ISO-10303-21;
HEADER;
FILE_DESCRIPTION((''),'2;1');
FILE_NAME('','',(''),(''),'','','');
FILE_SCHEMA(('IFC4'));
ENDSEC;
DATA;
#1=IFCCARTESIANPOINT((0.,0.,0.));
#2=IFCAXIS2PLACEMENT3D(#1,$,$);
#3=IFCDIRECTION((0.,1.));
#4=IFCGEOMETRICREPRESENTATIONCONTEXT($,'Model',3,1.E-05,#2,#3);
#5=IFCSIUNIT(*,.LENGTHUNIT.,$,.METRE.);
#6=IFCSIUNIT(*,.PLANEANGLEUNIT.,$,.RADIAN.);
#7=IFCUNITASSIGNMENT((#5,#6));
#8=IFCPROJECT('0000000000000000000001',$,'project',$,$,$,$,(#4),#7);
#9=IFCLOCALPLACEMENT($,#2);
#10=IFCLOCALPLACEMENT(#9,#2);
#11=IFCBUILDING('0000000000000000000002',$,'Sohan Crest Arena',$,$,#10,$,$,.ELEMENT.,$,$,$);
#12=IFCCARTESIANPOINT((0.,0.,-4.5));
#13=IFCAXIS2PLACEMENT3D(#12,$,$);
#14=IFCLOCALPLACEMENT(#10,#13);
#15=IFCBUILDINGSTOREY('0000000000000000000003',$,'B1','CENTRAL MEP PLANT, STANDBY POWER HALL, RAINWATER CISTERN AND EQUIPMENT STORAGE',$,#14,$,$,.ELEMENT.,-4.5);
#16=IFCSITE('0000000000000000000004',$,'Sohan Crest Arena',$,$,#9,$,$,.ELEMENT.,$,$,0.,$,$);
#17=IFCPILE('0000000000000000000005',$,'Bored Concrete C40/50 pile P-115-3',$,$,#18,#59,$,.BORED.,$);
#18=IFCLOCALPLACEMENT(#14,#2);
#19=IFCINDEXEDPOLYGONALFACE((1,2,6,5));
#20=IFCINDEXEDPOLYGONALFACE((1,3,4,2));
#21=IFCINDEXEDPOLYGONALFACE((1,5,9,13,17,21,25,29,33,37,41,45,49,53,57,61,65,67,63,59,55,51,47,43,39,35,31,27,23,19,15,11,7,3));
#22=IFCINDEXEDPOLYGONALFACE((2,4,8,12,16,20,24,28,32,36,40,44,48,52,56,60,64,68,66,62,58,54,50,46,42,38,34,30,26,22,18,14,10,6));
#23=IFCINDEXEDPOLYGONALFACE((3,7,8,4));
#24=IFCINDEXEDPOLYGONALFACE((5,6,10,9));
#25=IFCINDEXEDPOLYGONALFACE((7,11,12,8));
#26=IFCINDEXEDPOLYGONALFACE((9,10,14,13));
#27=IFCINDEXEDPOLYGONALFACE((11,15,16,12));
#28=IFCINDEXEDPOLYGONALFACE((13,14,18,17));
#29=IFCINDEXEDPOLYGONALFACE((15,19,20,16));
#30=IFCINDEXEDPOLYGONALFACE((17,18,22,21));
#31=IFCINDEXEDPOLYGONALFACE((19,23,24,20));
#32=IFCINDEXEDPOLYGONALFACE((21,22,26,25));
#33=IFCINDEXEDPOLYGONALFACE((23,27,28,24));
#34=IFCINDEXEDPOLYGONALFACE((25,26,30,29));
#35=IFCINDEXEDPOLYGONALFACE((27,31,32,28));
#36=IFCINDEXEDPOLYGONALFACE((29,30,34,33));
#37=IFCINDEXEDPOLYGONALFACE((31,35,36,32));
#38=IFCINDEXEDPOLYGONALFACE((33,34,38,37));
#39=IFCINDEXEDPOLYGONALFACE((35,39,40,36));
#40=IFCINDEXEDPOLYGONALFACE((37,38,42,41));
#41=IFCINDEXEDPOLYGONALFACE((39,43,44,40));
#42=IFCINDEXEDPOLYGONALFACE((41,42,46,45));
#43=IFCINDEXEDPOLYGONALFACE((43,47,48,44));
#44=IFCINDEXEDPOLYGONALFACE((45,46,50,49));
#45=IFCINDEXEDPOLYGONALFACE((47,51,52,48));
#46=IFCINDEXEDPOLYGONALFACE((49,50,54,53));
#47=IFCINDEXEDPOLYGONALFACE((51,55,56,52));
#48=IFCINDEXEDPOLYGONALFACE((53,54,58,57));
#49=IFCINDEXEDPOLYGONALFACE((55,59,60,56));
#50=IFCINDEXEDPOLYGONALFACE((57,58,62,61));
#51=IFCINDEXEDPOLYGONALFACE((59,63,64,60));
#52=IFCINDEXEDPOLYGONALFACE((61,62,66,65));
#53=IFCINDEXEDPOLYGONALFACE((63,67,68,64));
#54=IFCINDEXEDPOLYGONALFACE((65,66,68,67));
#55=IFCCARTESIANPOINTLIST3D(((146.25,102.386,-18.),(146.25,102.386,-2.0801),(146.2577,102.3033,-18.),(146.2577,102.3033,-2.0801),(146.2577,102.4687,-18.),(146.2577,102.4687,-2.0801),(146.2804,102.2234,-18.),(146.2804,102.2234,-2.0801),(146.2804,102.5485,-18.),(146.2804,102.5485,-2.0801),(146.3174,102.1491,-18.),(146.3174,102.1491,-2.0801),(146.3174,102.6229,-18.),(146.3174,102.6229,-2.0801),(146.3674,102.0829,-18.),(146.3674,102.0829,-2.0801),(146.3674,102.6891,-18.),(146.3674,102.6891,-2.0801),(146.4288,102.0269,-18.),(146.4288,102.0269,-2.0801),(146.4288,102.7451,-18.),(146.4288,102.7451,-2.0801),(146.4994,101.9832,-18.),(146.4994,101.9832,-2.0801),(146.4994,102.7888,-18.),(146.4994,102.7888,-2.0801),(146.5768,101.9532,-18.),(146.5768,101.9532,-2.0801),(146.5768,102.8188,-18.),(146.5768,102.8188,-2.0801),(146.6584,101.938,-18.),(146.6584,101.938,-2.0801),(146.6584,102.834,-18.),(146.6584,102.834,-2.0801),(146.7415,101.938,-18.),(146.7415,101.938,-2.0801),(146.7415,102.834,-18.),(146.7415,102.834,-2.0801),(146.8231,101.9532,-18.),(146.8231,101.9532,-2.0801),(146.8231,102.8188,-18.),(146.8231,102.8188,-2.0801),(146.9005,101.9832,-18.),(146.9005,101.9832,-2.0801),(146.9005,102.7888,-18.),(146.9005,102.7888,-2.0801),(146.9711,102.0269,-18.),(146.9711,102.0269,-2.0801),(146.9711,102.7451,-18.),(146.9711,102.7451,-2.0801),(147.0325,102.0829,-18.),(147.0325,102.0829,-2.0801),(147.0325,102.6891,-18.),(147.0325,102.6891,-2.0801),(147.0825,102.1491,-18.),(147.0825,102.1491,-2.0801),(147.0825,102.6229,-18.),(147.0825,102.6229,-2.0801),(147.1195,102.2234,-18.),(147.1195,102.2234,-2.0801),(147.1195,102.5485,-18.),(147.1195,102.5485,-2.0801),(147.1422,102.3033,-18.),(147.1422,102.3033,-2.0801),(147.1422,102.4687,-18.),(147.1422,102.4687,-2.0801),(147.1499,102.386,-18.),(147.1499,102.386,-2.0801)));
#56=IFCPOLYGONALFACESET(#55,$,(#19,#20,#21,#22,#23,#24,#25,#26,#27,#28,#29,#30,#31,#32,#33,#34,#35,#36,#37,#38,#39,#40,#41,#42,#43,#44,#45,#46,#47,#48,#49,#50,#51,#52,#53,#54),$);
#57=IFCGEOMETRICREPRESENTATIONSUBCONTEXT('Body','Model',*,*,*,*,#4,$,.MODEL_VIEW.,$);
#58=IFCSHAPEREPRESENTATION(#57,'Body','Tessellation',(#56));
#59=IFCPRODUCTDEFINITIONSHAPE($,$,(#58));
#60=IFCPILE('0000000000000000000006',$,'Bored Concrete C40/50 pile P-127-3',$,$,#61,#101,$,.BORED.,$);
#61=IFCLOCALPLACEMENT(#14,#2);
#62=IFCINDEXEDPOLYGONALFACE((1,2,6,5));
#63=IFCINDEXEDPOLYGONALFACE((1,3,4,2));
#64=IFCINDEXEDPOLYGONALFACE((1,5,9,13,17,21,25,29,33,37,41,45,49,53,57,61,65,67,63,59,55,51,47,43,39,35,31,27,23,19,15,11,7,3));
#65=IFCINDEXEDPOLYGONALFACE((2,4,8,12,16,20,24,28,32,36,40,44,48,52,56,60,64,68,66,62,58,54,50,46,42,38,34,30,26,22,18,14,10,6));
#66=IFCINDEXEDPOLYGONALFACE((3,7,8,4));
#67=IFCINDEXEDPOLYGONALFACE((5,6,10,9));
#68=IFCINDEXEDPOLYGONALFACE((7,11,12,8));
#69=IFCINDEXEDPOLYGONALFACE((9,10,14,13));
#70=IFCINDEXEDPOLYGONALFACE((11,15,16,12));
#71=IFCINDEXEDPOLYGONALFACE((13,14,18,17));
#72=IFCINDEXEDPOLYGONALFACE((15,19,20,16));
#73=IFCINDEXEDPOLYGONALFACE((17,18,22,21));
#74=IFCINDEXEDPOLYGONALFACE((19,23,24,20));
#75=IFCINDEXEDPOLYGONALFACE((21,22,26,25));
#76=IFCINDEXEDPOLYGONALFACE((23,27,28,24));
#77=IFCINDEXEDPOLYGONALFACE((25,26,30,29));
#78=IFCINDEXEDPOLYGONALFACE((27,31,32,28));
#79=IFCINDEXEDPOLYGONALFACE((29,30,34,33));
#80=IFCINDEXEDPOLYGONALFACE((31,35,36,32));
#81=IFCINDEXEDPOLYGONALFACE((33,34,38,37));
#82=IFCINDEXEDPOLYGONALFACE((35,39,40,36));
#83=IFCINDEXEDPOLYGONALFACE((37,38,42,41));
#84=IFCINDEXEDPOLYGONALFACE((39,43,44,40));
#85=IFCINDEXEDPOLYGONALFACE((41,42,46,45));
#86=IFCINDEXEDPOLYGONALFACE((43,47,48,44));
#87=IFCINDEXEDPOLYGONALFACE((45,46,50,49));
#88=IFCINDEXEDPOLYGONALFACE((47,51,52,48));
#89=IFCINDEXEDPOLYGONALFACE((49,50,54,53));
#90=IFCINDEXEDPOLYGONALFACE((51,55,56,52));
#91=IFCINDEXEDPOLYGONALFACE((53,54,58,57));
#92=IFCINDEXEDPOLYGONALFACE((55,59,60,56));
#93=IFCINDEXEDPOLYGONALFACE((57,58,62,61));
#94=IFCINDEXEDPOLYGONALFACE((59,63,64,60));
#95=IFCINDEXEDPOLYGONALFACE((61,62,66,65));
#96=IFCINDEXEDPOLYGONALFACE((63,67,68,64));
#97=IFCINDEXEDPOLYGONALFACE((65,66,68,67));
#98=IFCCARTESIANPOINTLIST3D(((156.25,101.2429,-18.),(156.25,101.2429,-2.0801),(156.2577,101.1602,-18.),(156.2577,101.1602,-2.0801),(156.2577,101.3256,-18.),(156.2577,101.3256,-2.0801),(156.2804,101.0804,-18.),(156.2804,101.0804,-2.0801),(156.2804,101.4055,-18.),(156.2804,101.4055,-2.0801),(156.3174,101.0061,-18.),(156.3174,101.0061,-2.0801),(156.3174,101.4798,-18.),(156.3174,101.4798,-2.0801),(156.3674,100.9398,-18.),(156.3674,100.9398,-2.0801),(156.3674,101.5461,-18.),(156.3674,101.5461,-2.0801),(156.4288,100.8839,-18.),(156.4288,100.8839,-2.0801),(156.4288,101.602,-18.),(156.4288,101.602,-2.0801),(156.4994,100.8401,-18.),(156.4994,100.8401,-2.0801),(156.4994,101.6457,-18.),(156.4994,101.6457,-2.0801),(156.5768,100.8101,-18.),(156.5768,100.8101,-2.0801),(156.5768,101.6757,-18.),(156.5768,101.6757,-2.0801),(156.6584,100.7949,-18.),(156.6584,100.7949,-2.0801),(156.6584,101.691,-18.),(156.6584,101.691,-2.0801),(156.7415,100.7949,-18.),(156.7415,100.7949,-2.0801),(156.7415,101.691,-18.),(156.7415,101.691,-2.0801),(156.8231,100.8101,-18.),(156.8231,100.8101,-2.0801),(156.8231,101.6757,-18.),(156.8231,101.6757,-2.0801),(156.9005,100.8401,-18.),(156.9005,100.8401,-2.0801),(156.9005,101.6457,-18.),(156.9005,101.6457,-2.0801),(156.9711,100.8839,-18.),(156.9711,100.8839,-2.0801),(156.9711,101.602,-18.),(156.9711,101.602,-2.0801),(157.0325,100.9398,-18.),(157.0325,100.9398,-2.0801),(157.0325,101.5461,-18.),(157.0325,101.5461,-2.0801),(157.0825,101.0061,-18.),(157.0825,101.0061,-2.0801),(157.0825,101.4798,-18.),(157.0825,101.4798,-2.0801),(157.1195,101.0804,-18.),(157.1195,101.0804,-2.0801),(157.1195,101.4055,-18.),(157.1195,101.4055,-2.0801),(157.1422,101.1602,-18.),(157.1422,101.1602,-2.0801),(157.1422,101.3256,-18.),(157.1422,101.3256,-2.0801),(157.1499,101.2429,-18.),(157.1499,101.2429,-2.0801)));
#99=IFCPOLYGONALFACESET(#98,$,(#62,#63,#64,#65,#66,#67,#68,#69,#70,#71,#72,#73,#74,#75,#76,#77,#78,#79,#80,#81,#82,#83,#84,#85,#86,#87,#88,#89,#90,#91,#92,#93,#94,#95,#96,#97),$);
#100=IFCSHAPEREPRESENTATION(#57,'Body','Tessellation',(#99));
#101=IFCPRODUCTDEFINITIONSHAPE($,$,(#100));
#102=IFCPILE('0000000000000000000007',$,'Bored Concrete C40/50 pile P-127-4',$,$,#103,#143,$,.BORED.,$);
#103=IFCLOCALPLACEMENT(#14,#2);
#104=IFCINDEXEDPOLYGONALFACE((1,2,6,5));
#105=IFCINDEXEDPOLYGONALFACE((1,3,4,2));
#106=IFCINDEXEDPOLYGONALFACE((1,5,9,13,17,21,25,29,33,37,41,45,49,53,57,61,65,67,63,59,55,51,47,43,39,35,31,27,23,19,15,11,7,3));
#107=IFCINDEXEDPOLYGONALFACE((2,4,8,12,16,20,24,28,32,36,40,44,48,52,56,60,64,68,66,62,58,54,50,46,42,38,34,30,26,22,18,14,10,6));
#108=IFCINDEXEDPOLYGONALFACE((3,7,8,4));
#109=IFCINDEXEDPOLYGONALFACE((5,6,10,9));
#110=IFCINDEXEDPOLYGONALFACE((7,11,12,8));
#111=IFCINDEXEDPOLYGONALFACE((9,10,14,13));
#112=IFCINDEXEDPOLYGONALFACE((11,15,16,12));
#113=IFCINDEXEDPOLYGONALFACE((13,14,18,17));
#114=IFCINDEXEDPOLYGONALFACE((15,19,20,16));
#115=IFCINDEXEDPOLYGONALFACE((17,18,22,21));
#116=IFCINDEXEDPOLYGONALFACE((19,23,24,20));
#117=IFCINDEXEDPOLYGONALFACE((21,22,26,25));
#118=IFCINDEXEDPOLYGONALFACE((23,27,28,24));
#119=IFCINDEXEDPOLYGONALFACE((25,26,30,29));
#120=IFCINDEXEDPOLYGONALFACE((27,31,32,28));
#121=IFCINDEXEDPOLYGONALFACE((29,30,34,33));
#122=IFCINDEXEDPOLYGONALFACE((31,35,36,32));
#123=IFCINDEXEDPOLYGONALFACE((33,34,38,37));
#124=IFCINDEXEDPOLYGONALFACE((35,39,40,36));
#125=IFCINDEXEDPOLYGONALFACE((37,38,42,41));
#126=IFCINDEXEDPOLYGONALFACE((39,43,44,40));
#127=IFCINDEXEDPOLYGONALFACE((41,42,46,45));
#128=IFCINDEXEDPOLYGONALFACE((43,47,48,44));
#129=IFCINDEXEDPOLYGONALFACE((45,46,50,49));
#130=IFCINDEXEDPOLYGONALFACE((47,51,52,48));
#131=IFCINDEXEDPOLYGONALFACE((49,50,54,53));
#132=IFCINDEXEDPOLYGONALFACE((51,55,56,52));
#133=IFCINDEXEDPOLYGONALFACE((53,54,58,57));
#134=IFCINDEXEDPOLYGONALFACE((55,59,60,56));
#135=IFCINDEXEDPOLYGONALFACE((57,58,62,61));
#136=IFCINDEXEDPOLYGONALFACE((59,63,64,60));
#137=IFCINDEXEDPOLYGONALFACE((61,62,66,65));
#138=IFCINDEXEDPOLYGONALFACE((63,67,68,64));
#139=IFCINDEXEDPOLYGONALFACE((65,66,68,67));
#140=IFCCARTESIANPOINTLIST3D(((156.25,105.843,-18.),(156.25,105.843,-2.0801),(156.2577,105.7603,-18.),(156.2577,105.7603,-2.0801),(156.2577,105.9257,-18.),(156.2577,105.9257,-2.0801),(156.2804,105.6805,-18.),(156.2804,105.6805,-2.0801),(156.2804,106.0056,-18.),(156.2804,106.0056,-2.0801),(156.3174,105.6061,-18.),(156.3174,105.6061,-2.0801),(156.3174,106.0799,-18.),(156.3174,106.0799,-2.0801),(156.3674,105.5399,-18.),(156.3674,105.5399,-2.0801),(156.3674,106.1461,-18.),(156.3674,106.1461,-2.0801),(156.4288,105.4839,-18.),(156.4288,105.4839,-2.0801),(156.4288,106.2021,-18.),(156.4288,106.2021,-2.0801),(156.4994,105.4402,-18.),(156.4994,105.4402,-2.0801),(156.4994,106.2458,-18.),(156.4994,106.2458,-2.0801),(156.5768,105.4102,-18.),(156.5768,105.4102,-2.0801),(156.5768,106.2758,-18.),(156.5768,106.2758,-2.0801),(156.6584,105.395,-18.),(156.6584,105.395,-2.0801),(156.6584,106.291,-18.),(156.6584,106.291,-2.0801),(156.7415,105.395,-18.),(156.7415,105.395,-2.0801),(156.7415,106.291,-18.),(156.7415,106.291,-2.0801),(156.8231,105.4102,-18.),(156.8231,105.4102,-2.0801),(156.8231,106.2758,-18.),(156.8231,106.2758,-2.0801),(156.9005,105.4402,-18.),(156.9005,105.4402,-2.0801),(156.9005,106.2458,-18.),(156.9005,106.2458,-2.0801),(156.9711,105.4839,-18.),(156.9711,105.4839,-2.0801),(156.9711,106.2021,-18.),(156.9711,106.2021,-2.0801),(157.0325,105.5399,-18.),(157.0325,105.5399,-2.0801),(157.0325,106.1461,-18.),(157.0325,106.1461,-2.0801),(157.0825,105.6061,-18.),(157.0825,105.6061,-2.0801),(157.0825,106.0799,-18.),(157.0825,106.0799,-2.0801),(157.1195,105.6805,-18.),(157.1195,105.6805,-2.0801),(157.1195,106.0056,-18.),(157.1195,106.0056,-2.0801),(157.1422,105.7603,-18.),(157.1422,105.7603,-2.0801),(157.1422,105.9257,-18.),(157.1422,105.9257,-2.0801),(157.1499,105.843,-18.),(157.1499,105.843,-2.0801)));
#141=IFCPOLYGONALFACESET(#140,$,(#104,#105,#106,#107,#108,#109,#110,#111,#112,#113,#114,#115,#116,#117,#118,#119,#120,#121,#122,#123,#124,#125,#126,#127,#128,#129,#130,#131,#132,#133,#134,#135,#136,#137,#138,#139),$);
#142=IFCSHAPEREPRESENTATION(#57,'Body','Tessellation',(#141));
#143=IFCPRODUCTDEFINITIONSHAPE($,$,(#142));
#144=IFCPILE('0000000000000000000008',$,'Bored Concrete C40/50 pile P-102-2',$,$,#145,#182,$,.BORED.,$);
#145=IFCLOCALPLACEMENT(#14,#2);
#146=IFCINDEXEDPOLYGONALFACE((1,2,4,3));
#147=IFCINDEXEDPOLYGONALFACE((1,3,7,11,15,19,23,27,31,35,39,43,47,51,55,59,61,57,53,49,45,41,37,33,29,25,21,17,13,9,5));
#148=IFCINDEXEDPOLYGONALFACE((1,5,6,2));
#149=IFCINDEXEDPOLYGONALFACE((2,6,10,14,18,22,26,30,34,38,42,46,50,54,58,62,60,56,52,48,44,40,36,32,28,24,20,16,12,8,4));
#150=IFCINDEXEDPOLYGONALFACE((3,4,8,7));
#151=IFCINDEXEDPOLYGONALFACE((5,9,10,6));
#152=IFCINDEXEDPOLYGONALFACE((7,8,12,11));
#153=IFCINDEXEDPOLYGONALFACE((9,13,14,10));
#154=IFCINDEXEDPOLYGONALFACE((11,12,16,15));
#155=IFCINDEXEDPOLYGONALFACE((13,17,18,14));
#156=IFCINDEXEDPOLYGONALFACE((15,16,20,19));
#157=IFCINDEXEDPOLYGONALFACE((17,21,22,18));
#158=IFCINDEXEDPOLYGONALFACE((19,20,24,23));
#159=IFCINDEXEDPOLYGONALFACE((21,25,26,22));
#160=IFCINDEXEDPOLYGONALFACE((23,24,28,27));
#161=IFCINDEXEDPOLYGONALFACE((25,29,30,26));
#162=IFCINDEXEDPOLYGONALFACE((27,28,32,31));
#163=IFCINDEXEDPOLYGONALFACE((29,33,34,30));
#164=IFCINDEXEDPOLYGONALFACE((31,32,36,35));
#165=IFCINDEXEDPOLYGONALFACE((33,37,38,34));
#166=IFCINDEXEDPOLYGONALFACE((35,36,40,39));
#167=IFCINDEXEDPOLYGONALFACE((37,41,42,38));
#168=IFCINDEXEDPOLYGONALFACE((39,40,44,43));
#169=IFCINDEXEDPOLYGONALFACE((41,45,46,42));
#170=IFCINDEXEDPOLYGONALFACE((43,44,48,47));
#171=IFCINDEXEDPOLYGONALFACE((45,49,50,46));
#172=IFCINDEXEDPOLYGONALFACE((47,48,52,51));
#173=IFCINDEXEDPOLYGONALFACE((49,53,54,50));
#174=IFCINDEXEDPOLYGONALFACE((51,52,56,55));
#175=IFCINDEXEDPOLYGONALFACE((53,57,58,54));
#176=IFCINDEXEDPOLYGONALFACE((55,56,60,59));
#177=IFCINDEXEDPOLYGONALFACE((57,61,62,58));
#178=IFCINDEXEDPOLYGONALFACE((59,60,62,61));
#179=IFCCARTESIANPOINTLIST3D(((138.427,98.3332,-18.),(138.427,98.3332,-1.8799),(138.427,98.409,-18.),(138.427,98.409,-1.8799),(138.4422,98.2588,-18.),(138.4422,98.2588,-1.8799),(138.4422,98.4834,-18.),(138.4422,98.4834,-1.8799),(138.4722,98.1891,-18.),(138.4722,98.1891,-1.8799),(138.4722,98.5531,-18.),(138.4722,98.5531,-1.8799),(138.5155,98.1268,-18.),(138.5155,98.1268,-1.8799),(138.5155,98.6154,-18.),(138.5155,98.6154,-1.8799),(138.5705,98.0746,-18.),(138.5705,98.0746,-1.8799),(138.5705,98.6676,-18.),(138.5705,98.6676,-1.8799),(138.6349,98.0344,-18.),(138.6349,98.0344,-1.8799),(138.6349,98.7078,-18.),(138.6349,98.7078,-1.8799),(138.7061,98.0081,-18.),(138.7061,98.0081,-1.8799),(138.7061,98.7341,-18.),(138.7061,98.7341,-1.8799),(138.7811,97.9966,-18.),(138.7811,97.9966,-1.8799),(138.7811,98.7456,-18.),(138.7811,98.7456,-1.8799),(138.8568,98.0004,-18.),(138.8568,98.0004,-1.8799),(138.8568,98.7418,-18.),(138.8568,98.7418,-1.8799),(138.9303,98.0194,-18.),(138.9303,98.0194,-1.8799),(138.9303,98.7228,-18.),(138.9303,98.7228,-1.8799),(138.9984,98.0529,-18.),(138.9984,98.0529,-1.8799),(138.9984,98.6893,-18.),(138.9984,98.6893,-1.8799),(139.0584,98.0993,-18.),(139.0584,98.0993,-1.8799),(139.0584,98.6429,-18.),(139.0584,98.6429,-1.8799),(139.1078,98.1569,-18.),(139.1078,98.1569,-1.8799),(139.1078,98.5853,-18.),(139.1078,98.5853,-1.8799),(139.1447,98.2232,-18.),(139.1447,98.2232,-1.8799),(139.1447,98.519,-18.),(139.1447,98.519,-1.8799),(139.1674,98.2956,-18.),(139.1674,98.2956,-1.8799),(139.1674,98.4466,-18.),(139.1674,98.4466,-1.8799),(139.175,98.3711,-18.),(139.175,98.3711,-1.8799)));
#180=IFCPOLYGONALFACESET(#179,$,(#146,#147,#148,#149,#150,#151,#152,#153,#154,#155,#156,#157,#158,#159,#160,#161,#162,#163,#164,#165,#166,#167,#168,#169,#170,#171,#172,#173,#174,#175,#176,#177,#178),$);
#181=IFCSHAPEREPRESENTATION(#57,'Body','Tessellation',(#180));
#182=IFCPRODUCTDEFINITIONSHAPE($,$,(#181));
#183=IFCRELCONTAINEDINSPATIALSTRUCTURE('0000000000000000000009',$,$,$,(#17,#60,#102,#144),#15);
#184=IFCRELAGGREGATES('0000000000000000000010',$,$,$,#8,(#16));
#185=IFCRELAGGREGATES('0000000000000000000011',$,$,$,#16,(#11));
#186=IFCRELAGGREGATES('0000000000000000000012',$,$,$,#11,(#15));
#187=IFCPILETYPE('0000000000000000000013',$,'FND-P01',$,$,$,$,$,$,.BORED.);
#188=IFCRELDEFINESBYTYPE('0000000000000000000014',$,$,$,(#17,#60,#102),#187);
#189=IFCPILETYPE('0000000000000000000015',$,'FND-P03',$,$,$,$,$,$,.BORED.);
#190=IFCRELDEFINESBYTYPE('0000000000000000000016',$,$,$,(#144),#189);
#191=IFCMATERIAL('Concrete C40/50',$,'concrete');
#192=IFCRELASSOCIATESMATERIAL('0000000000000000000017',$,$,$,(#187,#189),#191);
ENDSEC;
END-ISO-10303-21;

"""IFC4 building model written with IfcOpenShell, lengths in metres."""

from ifc_helpers import new_model, si_unit, direction, frame, origin, origin_2d, place, context, subcontext, project, spatial, circle, extrude, material, material_profile, profile_set, type_object, element, save


model = new_model("IFC4")

# Units and contexts
model_context = context("Model", 3, precision=1e-05, world=origin(), true_north=direction((0.0, 1.0)))
body_context = subcontext(model_context, "Body", "Model", "MODEL_VIEW")
ifc_project = project(units=[si_unit("LENGTHUNIT", "METRE"), si_unit("PLANEANGLEUNIT", "RADIAN")], contexts=[model_context])

# Site, building, storey
site_placement = place(None, origin())
site = spatial("IfcSite", under=ifc_project, at=site_placement, Name="Sohan Crest Arena", CompositionType="ELEMENT", RefElevation=0.0)
building_placement = place(site_placement, origin())
building = spatial("IfcBuilding", under=site, at=building_placement, Name="Sohan Crest Arena", CompositionType="ELEMENT")
storey_placement = place(building_placement, frame((0.0, 0.0, -4.5)))
storey = spatial("IfcBuildingStorey", under=building, at=storey_placement, Name="B1", Description="CENTRAL MEP PLANT, STANDBY POWER HALL, RAINWATER CISTERN AND EQUIPMENT STORAGE", CompositionType="ELEMENT", Elevation=-4.5)

# Shared definitions
ifc_material_1 = material(Name="Concrete C40/50", Category="concrete")

# Piles
ifc_material_profile_1 = material_profile(ifc_material_1, circle(Radius=0.45, at=origin_2d()), Name="PILE D900")
ifc_profile_set_1 = profile_set([ifc_material_profile_1], Name="Concrete C40/50")
pile_type_1 = type_object("IfcPileType", Name="FND-P01", PredefinedType="BORED", material=ifc_profile_set_1)
for number, where, z_axis, x_axis, name in (
    (1, (146.7, 102.386, -18.0), (0.0, 0.0, 1.0), (1.0, 0.0, 0.0), "Bored Concrete C40/50 pile P-115-3"),
    (2, (156.7, 101.2429, -18.0), (0.0, 0.0, 1.0), (1.0, 0.0, 0.0), "Bored Concrete C40/50 pile P-127-3"),
    (3, (156.7, 105.843, -18.0), (0.0, 0.0, 1.0), (1.0, 0.0, 0.0), "Bored Concrete C40/50 pile P-127-4"),
):
    element("IfcPile", number, at=place(storey_placement, frame(where, z_axis=z_axis, x_axis=x_axis)), inside=storey, type_object=pile_type_1, Name=name, PredefinedType="BORED", context=body_context, shape_type="SweptSolid", body=[
        extrude(circle(Radius=0.45, at=origin_2d()), origin(), (0.0, 0.0, 1.0), 15.9199),
    ])
ifc_material_profile_2 = material_profile(ifc_material_1, circle(Radius=0.375, at=origin_2d()), Name="PILE D750")
ifc_profile_set_2 = profile_set([ifc_material_profile_2], Name="Concrete C40/50")
pile_type_2 = type_object("IfcPileType", Name="FND-P03", PredefinedType="BORED", material=ifc_profile_set_2)
for number, where, z_axis, x_axis, name in (
    (4, (138.8, 98.3711, -18.0), (0.0, 0.0, 1.0), (1.0, 0.0, 0.0), "Bored Concrete C40/50 pile P-102-2"),
):
    element("IfcPile", number, at=place(storey_placement, frame(where, z_axis=z_axis, x_axis=x_axis)), inside=storey, type_object=pile_type_2, Name=name, PredefinedType="BORED", context=body_context, shape_type="SweptSolid", body=[
        extrude(circle(Radius=0.375, at=origin_2d()), origin(), (0.0, 0.0, 1.0), 16.1201),
    ])

save(model, "model.ifc")
